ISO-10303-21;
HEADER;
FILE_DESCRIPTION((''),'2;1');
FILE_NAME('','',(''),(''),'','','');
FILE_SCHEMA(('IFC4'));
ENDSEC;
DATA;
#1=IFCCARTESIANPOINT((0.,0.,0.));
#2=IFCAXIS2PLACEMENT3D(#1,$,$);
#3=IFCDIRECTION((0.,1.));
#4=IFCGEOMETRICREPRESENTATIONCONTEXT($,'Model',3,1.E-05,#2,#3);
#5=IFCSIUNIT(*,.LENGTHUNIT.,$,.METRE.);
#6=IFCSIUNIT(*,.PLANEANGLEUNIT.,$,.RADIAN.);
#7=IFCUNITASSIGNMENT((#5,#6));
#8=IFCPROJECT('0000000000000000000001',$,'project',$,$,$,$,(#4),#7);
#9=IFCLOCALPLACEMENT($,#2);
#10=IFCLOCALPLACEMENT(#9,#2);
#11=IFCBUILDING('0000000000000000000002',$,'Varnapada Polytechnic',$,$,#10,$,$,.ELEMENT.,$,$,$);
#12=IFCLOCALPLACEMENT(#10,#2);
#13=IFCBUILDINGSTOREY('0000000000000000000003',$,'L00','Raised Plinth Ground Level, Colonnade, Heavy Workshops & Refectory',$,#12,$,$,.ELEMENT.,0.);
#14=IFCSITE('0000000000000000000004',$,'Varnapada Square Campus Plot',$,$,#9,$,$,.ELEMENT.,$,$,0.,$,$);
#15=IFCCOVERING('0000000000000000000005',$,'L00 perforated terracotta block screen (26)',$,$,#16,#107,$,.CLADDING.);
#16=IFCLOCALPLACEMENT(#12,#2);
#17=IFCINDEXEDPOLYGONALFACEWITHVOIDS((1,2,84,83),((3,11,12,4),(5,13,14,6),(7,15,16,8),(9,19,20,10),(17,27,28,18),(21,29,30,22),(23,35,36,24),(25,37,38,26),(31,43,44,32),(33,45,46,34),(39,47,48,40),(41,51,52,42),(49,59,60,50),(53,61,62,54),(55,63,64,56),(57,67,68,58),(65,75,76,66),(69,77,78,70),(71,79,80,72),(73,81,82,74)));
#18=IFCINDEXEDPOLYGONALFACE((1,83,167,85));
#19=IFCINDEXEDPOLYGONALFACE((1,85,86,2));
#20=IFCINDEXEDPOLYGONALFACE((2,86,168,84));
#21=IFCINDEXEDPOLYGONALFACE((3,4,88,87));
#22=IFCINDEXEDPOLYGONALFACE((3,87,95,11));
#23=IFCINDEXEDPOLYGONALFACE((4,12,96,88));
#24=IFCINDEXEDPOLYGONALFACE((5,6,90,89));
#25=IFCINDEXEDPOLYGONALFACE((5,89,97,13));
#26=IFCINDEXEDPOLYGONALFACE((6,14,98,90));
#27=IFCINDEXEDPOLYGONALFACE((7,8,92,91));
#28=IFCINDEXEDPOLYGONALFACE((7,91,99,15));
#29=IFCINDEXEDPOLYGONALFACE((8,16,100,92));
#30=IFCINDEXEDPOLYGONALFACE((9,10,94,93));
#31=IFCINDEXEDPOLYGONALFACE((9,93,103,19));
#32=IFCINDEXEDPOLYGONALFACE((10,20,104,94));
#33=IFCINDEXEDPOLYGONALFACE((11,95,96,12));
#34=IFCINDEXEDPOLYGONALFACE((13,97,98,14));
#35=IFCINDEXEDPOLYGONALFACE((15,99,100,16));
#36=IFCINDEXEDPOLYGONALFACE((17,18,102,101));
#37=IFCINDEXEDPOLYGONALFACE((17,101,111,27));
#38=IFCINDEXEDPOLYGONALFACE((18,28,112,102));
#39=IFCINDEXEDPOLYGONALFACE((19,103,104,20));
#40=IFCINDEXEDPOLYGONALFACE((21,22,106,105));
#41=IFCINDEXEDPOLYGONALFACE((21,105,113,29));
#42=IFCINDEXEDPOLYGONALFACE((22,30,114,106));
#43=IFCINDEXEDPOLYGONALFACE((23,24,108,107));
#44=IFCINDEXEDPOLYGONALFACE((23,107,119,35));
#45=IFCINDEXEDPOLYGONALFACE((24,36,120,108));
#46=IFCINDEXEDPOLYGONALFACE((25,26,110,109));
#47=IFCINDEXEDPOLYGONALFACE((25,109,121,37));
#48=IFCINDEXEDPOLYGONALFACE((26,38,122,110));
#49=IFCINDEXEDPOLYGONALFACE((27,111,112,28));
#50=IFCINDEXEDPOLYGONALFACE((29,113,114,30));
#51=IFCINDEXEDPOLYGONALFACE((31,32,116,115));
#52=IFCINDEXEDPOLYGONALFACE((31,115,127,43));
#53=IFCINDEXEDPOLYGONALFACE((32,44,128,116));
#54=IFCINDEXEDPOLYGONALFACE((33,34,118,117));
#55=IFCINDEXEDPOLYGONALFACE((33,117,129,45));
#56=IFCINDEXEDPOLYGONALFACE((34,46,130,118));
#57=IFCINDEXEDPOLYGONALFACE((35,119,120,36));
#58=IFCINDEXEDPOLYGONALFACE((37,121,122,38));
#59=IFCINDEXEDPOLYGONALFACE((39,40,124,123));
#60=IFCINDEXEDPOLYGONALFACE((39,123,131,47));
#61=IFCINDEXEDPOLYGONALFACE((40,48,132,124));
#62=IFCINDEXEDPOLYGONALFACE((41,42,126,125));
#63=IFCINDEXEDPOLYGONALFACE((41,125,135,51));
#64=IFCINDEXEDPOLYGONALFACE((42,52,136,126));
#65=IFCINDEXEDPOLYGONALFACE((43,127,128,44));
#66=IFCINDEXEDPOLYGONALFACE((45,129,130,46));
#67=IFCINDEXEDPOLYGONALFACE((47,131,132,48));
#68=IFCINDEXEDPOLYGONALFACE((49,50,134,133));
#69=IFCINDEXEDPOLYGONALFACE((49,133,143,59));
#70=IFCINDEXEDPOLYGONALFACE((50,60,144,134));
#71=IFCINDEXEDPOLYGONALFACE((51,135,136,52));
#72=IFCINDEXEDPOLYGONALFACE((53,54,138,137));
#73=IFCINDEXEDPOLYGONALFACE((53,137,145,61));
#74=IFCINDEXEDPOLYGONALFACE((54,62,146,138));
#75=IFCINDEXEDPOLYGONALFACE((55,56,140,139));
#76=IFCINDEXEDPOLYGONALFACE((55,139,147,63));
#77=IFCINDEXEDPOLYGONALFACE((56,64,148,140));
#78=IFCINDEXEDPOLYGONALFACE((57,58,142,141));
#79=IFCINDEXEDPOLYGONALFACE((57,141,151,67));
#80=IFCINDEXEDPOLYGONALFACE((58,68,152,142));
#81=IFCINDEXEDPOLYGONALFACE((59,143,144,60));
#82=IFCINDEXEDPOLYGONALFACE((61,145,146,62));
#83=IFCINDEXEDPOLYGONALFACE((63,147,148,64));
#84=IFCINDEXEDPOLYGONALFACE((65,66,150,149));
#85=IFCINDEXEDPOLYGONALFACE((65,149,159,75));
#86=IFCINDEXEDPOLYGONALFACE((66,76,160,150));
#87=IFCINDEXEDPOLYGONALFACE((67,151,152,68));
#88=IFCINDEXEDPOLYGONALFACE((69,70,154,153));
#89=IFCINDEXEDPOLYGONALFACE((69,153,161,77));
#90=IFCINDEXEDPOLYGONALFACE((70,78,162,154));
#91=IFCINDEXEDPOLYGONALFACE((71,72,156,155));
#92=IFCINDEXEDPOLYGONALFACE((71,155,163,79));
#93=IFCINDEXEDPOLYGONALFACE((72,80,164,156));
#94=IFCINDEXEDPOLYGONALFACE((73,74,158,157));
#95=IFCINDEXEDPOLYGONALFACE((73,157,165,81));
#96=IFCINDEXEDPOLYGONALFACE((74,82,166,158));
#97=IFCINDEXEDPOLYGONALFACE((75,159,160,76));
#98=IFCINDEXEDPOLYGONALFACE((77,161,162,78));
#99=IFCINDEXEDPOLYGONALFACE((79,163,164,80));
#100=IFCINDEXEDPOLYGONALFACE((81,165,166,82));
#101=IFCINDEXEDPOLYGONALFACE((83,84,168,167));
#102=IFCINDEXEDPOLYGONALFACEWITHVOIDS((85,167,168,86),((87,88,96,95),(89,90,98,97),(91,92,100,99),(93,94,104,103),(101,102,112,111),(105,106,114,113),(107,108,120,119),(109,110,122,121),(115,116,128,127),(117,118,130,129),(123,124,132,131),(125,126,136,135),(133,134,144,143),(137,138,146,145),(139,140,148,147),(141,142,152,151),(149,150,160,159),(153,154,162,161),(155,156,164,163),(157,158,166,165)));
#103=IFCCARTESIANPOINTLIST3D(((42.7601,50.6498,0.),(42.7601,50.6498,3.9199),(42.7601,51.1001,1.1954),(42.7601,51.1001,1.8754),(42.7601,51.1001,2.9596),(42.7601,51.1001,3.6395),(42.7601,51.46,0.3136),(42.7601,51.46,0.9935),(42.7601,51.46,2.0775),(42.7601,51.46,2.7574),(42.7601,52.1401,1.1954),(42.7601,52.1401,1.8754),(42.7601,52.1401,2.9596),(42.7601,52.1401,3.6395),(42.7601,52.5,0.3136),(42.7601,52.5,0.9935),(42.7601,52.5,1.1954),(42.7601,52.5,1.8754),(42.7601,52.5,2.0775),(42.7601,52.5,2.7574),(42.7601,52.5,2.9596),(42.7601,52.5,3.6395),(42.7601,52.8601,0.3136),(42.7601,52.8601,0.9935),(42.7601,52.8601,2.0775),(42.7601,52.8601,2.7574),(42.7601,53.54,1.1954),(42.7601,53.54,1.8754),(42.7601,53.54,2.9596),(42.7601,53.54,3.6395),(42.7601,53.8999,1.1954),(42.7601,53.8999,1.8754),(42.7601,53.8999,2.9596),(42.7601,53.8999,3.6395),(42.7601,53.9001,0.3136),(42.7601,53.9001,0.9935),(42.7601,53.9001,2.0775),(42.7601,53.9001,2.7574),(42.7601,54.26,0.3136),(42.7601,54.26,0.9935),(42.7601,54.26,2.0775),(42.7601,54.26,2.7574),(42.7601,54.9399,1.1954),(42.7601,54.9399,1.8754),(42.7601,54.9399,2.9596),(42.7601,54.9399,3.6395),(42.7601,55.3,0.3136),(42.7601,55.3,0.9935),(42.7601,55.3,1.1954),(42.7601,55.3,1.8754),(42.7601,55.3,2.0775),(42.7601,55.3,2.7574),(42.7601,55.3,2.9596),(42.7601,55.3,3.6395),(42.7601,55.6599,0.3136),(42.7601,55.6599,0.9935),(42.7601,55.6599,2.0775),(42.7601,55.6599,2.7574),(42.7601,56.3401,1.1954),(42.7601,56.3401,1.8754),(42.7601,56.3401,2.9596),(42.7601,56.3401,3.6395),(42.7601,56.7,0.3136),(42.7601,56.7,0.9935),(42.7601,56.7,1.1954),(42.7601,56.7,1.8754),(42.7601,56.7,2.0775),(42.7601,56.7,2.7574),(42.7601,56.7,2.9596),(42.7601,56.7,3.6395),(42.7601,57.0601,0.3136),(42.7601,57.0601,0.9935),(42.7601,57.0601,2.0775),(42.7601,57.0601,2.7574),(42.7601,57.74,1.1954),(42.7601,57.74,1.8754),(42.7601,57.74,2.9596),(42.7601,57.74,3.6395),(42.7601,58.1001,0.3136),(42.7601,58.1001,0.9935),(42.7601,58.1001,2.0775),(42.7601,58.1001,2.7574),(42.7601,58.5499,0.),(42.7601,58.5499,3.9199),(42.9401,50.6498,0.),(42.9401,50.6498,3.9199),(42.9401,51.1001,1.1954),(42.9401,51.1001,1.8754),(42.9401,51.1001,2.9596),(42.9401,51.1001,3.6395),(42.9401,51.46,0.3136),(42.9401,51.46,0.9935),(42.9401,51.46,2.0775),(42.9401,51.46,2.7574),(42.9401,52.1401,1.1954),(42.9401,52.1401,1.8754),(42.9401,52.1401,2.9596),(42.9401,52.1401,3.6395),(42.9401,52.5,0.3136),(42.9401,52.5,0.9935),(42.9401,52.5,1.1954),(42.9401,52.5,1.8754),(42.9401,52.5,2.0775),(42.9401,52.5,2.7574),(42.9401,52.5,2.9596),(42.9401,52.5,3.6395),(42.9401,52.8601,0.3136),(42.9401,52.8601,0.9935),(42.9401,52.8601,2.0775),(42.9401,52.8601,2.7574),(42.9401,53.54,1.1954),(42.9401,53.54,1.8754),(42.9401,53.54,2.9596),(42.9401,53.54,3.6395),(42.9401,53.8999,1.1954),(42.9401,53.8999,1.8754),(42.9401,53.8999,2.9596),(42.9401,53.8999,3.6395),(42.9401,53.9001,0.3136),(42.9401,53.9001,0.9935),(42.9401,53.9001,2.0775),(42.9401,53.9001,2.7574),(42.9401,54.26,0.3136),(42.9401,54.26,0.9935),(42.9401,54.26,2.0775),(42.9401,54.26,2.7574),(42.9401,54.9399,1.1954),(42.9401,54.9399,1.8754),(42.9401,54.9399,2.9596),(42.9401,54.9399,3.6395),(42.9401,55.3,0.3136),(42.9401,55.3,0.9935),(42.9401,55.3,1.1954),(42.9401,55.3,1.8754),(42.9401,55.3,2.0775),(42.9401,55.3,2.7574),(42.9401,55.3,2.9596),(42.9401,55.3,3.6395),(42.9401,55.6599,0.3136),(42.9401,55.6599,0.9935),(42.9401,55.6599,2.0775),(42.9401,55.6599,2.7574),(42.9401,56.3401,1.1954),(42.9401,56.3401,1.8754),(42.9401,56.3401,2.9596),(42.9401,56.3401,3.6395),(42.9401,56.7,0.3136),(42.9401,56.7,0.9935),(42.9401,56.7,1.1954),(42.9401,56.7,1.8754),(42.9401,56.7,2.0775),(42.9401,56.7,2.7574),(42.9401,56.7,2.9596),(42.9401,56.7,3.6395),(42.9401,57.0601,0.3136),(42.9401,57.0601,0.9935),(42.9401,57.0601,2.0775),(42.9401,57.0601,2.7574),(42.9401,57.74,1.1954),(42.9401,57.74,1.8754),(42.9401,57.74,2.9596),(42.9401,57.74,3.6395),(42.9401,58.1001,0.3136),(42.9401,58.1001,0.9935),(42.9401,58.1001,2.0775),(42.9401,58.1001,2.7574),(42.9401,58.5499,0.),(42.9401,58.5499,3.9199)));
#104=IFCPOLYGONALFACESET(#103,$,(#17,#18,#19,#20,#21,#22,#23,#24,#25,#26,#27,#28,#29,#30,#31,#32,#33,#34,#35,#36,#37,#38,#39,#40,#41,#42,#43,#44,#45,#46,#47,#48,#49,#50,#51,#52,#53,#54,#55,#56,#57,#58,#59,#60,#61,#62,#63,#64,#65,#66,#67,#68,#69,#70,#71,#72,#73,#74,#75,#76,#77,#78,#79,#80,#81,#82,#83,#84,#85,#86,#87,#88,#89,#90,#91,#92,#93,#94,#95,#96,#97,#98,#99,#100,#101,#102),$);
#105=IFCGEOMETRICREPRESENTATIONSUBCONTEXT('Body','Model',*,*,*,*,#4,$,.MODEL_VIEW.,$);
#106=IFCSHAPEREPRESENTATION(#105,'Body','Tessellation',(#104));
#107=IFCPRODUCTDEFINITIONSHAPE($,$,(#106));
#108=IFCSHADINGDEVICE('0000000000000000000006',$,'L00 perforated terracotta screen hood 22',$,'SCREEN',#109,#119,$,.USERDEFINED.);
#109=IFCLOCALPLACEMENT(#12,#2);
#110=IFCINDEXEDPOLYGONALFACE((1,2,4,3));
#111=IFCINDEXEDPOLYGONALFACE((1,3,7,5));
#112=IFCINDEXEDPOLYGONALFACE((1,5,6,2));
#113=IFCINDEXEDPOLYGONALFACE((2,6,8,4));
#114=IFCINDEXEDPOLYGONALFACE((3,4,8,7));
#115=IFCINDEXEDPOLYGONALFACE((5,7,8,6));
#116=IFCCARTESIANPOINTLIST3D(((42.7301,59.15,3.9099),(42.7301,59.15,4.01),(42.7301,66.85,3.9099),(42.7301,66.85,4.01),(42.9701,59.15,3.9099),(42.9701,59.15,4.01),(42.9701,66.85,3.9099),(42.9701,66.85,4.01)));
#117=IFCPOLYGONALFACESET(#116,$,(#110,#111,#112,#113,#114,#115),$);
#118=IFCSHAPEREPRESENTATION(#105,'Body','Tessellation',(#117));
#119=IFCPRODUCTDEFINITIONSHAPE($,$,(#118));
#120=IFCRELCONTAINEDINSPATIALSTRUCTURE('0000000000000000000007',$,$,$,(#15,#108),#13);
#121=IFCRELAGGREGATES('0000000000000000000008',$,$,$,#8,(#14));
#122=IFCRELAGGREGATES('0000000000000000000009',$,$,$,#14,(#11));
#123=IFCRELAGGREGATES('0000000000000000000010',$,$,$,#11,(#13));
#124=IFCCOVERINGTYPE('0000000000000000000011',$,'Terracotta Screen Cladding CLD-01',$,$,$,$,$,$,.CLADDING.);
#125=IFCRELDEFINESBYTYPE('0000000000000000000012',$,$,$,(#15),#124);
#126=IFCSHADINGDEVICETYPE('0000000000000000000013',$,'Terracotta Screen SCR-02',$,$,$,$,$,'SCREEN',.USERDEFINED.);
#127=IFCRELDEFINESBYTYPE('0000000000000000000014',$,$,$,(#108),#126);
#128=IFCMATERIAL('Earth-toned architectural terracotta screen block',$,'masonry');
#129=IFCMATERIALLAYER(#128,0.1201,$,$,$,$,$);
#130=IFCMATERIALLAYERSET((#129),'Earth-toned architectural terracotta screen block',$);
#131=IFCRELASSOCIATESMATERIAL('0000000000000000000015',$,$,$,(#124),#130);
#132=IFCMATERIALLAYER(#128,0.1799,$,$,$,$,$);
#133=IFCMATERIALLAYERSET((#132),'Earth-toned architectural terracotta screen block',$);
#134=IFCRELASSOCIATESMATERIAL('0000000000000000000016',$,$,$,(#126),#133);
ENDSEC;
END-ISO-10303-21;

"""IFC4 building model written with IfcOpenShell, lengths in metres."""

from ifc_helpers import new_model, si_unit, direction, frame, frame_2d, origin, origin_2d, place, context, subcontext, project, spatial, rectangle, extrude, material, layer, layer_set, type_object, element, save


model = new_model("IFC4")

# Units and contexts
model_context = context("Model", 3, precision=1e-05, world=origin(), true_north=direction((0.0, 1.0)))
body_context = subcontext(model_context, "Body", "Model", "MODEL_VIEW")
ifc_project = project(units=[si_unit("LENGTHUNIT", "METRE"), si_unit("PLANEANGLEUNIT", "RADIAN")], contexts=[model_context])

# Site, building, storey
site_placement = place(None, origin())
site = spatial("IfcSite", under=ifc_project, at=site_placement, Name="Varnapada Square Campus Plot", CompositionType="ELEMENT", RefElevation=0.0)
building_placement = place(site_placement, origin())
building = spatial("IfcBuilding", under=site, at=building_placement, Name="Varnapada Polytechnic", CompositionType="ELEMENT")
storey_placement = place(building_placement, origin())
storey = spatial("IfcBuildingStorey", under=building, at=storey_placement, Name="L00", Description="Raised Plinth Ground Level, Colonnade, Heavy Workshops & Refectory", CompositionType="ELEMENT", Elevation=0.0)

# Covering, openings
ifc_material_1 = material(Name="Earth-toned architectural terracotta screen block", Category="masonry")
ifc_layer_1 = layer(ifc_material_1, 0.1201)
ifc_layer_set_1 = layer_set([ifc_layer_1], Name="Earth-toned architectural terracotta screen block")
covering_type = type_object("IfcCoveringType", Name="Terracotta Screen Cladding CLD-01", PredefinedType="CLADDING", material=ifc_layer_set_1)
covering_placement = place(storey_placement, frame((42.8501, 58.55, 0.0), z_axis=(0.0, 0.0, 1.0), x_axis=(0.0, -1.0, 0.0)))
covering = element("IfcCovering", 1, at=covering_placement, inside=storey, type_object=covering_type, Name="L00 perforated terracotta block screen (26)", PredefinedType="CLADDING", context=body_context, shape_type="SweptSolid", body=[
    extrude(rectangle(XDim=7.9001, YDim=0.1799, at=frame_2d((3.9502, 0.0))), origin(), (0.0, 0.0, 1.0), 3.9199),
])
opening_1_placement = place(covering_placement, frame((0.45, 0.0, 0.3137)))
element("IfcOpeningElement", 2, at=opening_1_placement, cuts=covering, PredefinedType="OPENING", context=body_context, shape_type="SweptSolid", body=[
    extrude(rectangle(XDim=1.04, YDim=0.6799, at=frame_2d((0.52, 0.3398))), frame((0.0, 0.0999, 0.0), z_axis=(0.0, -1.0, 0.0), x_axis=(1.0, 0.0, 0.0)), (0.0, 0.0, 1.0), 0.2),
])
opening_2_placement = place(covering_placement, frame((1.8501, 0.0, 0.3137)))
element("IfcOpeningElement", 3, at=opening_2_placement, cuts=covering, PredefinedType="OPENING", context=body_context, shape_type="SweptSolid", body=[
    extrude(rectangle(XDim=1.04, YDim=0.6799, at=frame_2d((0.52, 0.3398))), frame((0.0, 0.0999, 0.0), z_axis=(0.0, -1.0, 0.0), x_axis=(1.0, 0.0, 0.0)), (0.0, 0.0, 1.0), 0.2),
])
opening_3_placement = place(covering_placement, frame((3.25, 0.0, 0.3137)))
element("IfcOpeningElement", 4, at=opening_3_placement, cuts=covering, PredefinedType="OPENING", context=body_context, shape_type="SweptSolid", body=[
    extrude(rectangle(XDim=1.04, YDim=0.6799, at=frame_2d((0.52, 0.3398))), frame((0.0, 0.0999, 0.0), z_axis=(0.0, -1.0, 0.0), x_axis=(1.0, 0.0, 0.0)), (0.0, 0.0, 1.0), 0.2),
])
opening_4_placement = place(covering_placement, frame((4.6499, 0.0, 0.3137)))
element("IfcOpeningElement", 5, at=opening_4_placement, cuts=covering, PredefinedType="OPENING", context=body_context, shape_type="SweptSolid", body=[
    extrude(rectangle(XDim=1.04, YDim=0.6799, at=frame_2d((0.52, 0.3398))), frame((0.0, 0.0999, 0.0), z_axis=(0.0, -1.0, 0.0), x_axis=(1.0, 0.0, 0.0)), (0.0, 0.0, 1.0), 0.2),
])
opening_5_placement = place(covering_placement, frame((6.05, 0.0, 0.3137)))
element("IfcOpeningElement", 6, at=opening_5_placement, cuts=covering, PredefinedType="OPENING", context=body_context, shape_type="SweptSolid", body=[
    extrude(rectangle(XDim=1.04, YDim=0.6799, at=frame_2d((0.52, 0.3398))), frame((0.0, 0.0999, 0.0), z_axis=(0.0, -1.0, 0.0), x_axis=(1.0, 0.0, 0.0)), (0.0, 0.0, 1.0), 0.2),
])
opening_6_placement = place(covering_placement, frame((0.8101, 0.0, 1.1956)))
element("IfcOpeningElement", 7, at=opening_6_placement, cuts=covering, PredefinedType="OPENING", context=body_context, shape_type="SweptSolid", body=[
    extrude(rectangle(XDim=1.04, YDim=0.6799, at=frame_2d((0.52, 0.3398))), frame((0.0, 0.0999, 0.0), z_axis=(0.0, -1.0, 0.0), x_axis=(1.0, 0.0, 0.0)), (0.0, 0.0, 1.0), 0.2),
])
opening_7_placement = place(covering_placement, frame((2.21, 0.0, 1.1956)))
element("IfcOpeningElement", 8, at=opening_7_placement, cuts=covering, PredefinedType="OPENING", context=body_context, shape_type="SweptSolid", body=[
    extrude(rectangle(XDim=1.04, YDim=0.6799, at=frame_2d((0.52, 0.3398))), frame((0.0, 0.0999, 0.0), z_axis=(0.0, -1.0, 0.0), x_axis=(1.0, 0.0, 0.0)), (0.0, 0.0, 1.0), 0.2),
])
opening_8_placement = place(covering_placement, frame((3.6101, 0.0, 1.1956)))
element("IfcOpeningElement", 9, at=opening_8_placement, cuts=covering, PredefinedType="OPENING", context=body_context, shape_type="SweptSolid", body=[
    extrude(rectangle(XDim=1.04, YDim=0.6799, at=frame_2d((0.52, 0.3398))), frame((0.0, 0.0999, 0.0), z_axis=(0.0, -1.0, 0.0), x_axis=(1.0, 0.0, 0.0)), (0.0, 0.0, 1.0), 0.2),
])
opening_9_placement = place(covering_placement, frame((5.01, 0.0, 1.1956)))
element("IfcOpeningElement", 10, at=opening_9_placement, cuts=covering, PredefinedType="OPENING", context=body_context, shape_type="SweptSolid", body=[
    extrude(rectangle(XDim=1.04, YDim=0.6799, at=frame_2d((0.52, 0.3398))), frame((0.0, 0.0999, 0.0), z_axis=(0.0, -1.0, 0.0), x_axis=(1.0, 0.0, 0.0)), (0.0, 0.0, 1.0), 0.2),
])
opening_10_placement = place(covering_placement, frame((6.4099, 0.0, 1.1956)))
element("IfcOpeningElement", 11, at=opening_10_placement, cuts=covering, PredefinedType="OPENING", context=body_context, shape_type="SweptSolid", body=[
    extrude(rectangle(XDim=1.04, YDim=0.6799, at=frame_2d((0.52, 0.3398))), frame((0.0, 0.0999, 0.0), z_axis=(0.0, -1.0, 0.0), x_axis=(1.0, 0.0, 0.0)), (0.0, 0.0, 1.0), 0.2),
])
opening_11_placement = place(covering_placement, frame((0.45, 0.0, 2.0776)))
element("IfcOpeningElement", 12, at=opening_11_placement, cuts=covering, PredefinedType="OPENING", context=body_context, shape_type="SweptSolid", body=[
    extrude(rectangle(XDim=1.04, YDim=0.6799, at=frame_2d((0.52, 0.3398))), frame((0.0, 0.0999, 0.0), z_axis=(0.0, -1.0, 0.0), x_axis=(1.0, 0.0, 0.0)), (0.0, 0.0, 1.0), 0.2),
])
opening_12_placement = place(covering_placement, frame((1.8501, 0.0, 2.0776)))
element("IfcOpeningElement", 13, at=opening_12_placement, cuts=covering, PredefinedType="OPENING", context=body_context, shape_type="SweptSolid", body=[
    extrude(rectangle(XDim=1.04, YDim=0.6799, at=frame_2d((0.52, 0.3398))), frame((0.0, 0.0999, 0.0), z_axis=(0.0, -1.0, 0.0), x_axis=(1.0, 0.0, 0.0)), (0.0, 0.0, 1.0), 0.2),
])
opening_13_placement = place(covering_placement, frame((3.25, 0.0, 2.0776)))
element("IfcOpeningElement", 14, at=opening_13_placement, cuts=covering, PredefinedType="OPENING", context=body_context, shape_type="SweptSolid", body=[
    extrude(rectangle(XDim=1.04, YDim=0.6799, at=frame_2d((0.52, 0.3398))), frame((0.0, 0.0999, 0.0), z_axis=(0.0, -1.0, 0.0), x_axis=(1.0, 0.0, 0.0)), (0.0, 0.0, 1.0), 0.2),
])
opening_14_placement = place(covering_placement, frame((4.6499, 0.0, 2.0776)))
element("IfcOpeningElement", 15, at=opening_14_placement, cuts=covering, PredefinedType="OPENING", context=body_context, shape_type="SweptSolid", body=[
    extrude(rectangle(XDim=1.04, YDim=0.6799, at=frame_2d((0.52, 0.3398))), frame((0.0, 0.0999, 0.0), z_axis=(0.0, -1.0, 0.0), x_axis=(1.0, 0.0, 0.0)), (0.0, 0.0, 1.0), 0.2),
])
opening_15_placement = place(covering_placement, frame((6.05, 0.0, 2.0776)))
element("IfcOpeningElement", 16, at=opening_15_placement, cuts=covering, PredefinedType="OPENING", context=body_context, shape_type="SweptSolid", body=[
    extrude(rectangle(XDim=1.04, YDim=0.6799, at=frame_2d((0.52, 0.3398))), frame((0.0, 0.0999, 0.0), z_axis=(0.0, -1.0, 0.0), x_axis=(1.0, 0.0, 0.0)), (0.0, 0.0, 1.0), 0.2),
])
opening_16_placement = place(covering_placement, frame((0.8101, 0.0, 2.9597)))
element("IfcOpeningElement", 17, at=opening_16_placement, cuts=covering, PredefinedType="OPENING", context=body_context, shape_type="SweptSolid", body=[
    extrude(rectangle(XDim=1.04, YDim=0.6799, at=frame_2d((0.52, 0.3398))), frame((0.0, 0.0999, 0.0), z_axis=(0.0, -1.0, 0.0), x_axis=(1.0, 0.0, 0.0)), (0.0, 0.0, 1.0), 0.2),
])
opening_17_placement = place(covering_placement, frame((2.21, 0.0, 2.9597)))
element("IfcOpeningElement", 18, at=opening_17_placement, cuts=covering, PredefinedType="OPENING", context=body_context, shape_type="SweptSolid", body=[
    extrude(rectangle(XDim=1.04, YDim=0.6799, at=frame_2d((0.52, 0.3398))), frame((0.0, 0.0999, 0.0), z_axis=(0.0, -1.0, 0.0), x_axis=(1.0, 0.0, 0.0)), (0.0, 0.0, 1.0), 0.2),
])
opening_18_placement = place(covering_placement, frame((3.6101, 0.0, 2.9597)))
element("IfcOpeningElement", 19, at=opening_18_placement, cuts=covering, PredefinedType="OPENING", context=body_context, shape_type="SweptSolid", body=[
    extrude(rectangle(XDim=1.04, YDim=0.6799, at=frame_2d((0.52, 0.3398))), frame((0.0, 0.0999, 0.0), z_axis=(0.0, -1.0, 0.0), x_axis=(1.0, 0.0, 0.0)), (0.0, 0.0, 1.0), 0.2),
])
opening_19_placement = place(covering_placement, frame((5.01, 0.0, 2.9597)))
element("IfcOpeningElement", 20, at=opening_19_placement, cuts=covering, PredefinedType="OPENING", context=body_context, shape_type="SweptSolid", body=[
    extrude(rectangle(XDim=1.04, YDim=0.6799, at=frame_2d((0.52, 0.3398))), frame((0.0, 0.0999, 0.0), z_axis=(0.0, -1.0, 0.0), x_axis=(1.0, 0.0, 0.0)), (0.0, 0.0, 1.0), 0.2),
])
opening_20_placement = place(covering_placement, frame((6.4099, 0.0, 2.9597)))
element("IfcOpeningElement", 21, at=opening_20_placement, cuts=covering, PredefinedType="OPENING", context=body_context, shape_type="SweptSolid", body=[
    extrude(rectangle(XDim=1.04, YDim=0.6799, at=frame_2d((0.52, 0.3398))), frame((0.0, 0.0999, 0.0), z_axis=(0.0, -1.0, 0.0), x_axis=(1.0, 0.0, 0.0)), (0.0, 0.0, 1.0), 0.2),
])

# Shading device
ifc_layer_2 = layer(ifc_material_1, 0.1799)
ifc_layer_set_2 = layer_set([ifc_layer_2], Name="Earth-toned architectural terracotta screen block")
shading_device_type = type_object("IfcShadingDeviceType", Name="Terracotta Screen SCR-02", ElementType="SCREEN", PredefinedType="USERDEFINED", material=ifc_layer_set_2)
shading_device_placement = place(storey_placement, frame((42.8501, 63.0, 3.9099), z_axis=(0.0, 0.0, 1.0), x_axis=(0.0, -1.0, 0.0)))
element("IfcShadingDevice", 22, at=shading_device_placement, inside=storey, type_object=shading_device_type, Name="L00 perforated terracotta screen hood 22", ObjectType="SCREEN", PredefinedType="USERDEFINED", context=body_context, shape_type="SweptSolid", body=[
    extrude(rectangle(XDim=7.7, YDim=0.24, at=origin_2d()), origin(), (0.0, 0.0, 1.0), 0.1001),
])

save(model, "model.ifc")
